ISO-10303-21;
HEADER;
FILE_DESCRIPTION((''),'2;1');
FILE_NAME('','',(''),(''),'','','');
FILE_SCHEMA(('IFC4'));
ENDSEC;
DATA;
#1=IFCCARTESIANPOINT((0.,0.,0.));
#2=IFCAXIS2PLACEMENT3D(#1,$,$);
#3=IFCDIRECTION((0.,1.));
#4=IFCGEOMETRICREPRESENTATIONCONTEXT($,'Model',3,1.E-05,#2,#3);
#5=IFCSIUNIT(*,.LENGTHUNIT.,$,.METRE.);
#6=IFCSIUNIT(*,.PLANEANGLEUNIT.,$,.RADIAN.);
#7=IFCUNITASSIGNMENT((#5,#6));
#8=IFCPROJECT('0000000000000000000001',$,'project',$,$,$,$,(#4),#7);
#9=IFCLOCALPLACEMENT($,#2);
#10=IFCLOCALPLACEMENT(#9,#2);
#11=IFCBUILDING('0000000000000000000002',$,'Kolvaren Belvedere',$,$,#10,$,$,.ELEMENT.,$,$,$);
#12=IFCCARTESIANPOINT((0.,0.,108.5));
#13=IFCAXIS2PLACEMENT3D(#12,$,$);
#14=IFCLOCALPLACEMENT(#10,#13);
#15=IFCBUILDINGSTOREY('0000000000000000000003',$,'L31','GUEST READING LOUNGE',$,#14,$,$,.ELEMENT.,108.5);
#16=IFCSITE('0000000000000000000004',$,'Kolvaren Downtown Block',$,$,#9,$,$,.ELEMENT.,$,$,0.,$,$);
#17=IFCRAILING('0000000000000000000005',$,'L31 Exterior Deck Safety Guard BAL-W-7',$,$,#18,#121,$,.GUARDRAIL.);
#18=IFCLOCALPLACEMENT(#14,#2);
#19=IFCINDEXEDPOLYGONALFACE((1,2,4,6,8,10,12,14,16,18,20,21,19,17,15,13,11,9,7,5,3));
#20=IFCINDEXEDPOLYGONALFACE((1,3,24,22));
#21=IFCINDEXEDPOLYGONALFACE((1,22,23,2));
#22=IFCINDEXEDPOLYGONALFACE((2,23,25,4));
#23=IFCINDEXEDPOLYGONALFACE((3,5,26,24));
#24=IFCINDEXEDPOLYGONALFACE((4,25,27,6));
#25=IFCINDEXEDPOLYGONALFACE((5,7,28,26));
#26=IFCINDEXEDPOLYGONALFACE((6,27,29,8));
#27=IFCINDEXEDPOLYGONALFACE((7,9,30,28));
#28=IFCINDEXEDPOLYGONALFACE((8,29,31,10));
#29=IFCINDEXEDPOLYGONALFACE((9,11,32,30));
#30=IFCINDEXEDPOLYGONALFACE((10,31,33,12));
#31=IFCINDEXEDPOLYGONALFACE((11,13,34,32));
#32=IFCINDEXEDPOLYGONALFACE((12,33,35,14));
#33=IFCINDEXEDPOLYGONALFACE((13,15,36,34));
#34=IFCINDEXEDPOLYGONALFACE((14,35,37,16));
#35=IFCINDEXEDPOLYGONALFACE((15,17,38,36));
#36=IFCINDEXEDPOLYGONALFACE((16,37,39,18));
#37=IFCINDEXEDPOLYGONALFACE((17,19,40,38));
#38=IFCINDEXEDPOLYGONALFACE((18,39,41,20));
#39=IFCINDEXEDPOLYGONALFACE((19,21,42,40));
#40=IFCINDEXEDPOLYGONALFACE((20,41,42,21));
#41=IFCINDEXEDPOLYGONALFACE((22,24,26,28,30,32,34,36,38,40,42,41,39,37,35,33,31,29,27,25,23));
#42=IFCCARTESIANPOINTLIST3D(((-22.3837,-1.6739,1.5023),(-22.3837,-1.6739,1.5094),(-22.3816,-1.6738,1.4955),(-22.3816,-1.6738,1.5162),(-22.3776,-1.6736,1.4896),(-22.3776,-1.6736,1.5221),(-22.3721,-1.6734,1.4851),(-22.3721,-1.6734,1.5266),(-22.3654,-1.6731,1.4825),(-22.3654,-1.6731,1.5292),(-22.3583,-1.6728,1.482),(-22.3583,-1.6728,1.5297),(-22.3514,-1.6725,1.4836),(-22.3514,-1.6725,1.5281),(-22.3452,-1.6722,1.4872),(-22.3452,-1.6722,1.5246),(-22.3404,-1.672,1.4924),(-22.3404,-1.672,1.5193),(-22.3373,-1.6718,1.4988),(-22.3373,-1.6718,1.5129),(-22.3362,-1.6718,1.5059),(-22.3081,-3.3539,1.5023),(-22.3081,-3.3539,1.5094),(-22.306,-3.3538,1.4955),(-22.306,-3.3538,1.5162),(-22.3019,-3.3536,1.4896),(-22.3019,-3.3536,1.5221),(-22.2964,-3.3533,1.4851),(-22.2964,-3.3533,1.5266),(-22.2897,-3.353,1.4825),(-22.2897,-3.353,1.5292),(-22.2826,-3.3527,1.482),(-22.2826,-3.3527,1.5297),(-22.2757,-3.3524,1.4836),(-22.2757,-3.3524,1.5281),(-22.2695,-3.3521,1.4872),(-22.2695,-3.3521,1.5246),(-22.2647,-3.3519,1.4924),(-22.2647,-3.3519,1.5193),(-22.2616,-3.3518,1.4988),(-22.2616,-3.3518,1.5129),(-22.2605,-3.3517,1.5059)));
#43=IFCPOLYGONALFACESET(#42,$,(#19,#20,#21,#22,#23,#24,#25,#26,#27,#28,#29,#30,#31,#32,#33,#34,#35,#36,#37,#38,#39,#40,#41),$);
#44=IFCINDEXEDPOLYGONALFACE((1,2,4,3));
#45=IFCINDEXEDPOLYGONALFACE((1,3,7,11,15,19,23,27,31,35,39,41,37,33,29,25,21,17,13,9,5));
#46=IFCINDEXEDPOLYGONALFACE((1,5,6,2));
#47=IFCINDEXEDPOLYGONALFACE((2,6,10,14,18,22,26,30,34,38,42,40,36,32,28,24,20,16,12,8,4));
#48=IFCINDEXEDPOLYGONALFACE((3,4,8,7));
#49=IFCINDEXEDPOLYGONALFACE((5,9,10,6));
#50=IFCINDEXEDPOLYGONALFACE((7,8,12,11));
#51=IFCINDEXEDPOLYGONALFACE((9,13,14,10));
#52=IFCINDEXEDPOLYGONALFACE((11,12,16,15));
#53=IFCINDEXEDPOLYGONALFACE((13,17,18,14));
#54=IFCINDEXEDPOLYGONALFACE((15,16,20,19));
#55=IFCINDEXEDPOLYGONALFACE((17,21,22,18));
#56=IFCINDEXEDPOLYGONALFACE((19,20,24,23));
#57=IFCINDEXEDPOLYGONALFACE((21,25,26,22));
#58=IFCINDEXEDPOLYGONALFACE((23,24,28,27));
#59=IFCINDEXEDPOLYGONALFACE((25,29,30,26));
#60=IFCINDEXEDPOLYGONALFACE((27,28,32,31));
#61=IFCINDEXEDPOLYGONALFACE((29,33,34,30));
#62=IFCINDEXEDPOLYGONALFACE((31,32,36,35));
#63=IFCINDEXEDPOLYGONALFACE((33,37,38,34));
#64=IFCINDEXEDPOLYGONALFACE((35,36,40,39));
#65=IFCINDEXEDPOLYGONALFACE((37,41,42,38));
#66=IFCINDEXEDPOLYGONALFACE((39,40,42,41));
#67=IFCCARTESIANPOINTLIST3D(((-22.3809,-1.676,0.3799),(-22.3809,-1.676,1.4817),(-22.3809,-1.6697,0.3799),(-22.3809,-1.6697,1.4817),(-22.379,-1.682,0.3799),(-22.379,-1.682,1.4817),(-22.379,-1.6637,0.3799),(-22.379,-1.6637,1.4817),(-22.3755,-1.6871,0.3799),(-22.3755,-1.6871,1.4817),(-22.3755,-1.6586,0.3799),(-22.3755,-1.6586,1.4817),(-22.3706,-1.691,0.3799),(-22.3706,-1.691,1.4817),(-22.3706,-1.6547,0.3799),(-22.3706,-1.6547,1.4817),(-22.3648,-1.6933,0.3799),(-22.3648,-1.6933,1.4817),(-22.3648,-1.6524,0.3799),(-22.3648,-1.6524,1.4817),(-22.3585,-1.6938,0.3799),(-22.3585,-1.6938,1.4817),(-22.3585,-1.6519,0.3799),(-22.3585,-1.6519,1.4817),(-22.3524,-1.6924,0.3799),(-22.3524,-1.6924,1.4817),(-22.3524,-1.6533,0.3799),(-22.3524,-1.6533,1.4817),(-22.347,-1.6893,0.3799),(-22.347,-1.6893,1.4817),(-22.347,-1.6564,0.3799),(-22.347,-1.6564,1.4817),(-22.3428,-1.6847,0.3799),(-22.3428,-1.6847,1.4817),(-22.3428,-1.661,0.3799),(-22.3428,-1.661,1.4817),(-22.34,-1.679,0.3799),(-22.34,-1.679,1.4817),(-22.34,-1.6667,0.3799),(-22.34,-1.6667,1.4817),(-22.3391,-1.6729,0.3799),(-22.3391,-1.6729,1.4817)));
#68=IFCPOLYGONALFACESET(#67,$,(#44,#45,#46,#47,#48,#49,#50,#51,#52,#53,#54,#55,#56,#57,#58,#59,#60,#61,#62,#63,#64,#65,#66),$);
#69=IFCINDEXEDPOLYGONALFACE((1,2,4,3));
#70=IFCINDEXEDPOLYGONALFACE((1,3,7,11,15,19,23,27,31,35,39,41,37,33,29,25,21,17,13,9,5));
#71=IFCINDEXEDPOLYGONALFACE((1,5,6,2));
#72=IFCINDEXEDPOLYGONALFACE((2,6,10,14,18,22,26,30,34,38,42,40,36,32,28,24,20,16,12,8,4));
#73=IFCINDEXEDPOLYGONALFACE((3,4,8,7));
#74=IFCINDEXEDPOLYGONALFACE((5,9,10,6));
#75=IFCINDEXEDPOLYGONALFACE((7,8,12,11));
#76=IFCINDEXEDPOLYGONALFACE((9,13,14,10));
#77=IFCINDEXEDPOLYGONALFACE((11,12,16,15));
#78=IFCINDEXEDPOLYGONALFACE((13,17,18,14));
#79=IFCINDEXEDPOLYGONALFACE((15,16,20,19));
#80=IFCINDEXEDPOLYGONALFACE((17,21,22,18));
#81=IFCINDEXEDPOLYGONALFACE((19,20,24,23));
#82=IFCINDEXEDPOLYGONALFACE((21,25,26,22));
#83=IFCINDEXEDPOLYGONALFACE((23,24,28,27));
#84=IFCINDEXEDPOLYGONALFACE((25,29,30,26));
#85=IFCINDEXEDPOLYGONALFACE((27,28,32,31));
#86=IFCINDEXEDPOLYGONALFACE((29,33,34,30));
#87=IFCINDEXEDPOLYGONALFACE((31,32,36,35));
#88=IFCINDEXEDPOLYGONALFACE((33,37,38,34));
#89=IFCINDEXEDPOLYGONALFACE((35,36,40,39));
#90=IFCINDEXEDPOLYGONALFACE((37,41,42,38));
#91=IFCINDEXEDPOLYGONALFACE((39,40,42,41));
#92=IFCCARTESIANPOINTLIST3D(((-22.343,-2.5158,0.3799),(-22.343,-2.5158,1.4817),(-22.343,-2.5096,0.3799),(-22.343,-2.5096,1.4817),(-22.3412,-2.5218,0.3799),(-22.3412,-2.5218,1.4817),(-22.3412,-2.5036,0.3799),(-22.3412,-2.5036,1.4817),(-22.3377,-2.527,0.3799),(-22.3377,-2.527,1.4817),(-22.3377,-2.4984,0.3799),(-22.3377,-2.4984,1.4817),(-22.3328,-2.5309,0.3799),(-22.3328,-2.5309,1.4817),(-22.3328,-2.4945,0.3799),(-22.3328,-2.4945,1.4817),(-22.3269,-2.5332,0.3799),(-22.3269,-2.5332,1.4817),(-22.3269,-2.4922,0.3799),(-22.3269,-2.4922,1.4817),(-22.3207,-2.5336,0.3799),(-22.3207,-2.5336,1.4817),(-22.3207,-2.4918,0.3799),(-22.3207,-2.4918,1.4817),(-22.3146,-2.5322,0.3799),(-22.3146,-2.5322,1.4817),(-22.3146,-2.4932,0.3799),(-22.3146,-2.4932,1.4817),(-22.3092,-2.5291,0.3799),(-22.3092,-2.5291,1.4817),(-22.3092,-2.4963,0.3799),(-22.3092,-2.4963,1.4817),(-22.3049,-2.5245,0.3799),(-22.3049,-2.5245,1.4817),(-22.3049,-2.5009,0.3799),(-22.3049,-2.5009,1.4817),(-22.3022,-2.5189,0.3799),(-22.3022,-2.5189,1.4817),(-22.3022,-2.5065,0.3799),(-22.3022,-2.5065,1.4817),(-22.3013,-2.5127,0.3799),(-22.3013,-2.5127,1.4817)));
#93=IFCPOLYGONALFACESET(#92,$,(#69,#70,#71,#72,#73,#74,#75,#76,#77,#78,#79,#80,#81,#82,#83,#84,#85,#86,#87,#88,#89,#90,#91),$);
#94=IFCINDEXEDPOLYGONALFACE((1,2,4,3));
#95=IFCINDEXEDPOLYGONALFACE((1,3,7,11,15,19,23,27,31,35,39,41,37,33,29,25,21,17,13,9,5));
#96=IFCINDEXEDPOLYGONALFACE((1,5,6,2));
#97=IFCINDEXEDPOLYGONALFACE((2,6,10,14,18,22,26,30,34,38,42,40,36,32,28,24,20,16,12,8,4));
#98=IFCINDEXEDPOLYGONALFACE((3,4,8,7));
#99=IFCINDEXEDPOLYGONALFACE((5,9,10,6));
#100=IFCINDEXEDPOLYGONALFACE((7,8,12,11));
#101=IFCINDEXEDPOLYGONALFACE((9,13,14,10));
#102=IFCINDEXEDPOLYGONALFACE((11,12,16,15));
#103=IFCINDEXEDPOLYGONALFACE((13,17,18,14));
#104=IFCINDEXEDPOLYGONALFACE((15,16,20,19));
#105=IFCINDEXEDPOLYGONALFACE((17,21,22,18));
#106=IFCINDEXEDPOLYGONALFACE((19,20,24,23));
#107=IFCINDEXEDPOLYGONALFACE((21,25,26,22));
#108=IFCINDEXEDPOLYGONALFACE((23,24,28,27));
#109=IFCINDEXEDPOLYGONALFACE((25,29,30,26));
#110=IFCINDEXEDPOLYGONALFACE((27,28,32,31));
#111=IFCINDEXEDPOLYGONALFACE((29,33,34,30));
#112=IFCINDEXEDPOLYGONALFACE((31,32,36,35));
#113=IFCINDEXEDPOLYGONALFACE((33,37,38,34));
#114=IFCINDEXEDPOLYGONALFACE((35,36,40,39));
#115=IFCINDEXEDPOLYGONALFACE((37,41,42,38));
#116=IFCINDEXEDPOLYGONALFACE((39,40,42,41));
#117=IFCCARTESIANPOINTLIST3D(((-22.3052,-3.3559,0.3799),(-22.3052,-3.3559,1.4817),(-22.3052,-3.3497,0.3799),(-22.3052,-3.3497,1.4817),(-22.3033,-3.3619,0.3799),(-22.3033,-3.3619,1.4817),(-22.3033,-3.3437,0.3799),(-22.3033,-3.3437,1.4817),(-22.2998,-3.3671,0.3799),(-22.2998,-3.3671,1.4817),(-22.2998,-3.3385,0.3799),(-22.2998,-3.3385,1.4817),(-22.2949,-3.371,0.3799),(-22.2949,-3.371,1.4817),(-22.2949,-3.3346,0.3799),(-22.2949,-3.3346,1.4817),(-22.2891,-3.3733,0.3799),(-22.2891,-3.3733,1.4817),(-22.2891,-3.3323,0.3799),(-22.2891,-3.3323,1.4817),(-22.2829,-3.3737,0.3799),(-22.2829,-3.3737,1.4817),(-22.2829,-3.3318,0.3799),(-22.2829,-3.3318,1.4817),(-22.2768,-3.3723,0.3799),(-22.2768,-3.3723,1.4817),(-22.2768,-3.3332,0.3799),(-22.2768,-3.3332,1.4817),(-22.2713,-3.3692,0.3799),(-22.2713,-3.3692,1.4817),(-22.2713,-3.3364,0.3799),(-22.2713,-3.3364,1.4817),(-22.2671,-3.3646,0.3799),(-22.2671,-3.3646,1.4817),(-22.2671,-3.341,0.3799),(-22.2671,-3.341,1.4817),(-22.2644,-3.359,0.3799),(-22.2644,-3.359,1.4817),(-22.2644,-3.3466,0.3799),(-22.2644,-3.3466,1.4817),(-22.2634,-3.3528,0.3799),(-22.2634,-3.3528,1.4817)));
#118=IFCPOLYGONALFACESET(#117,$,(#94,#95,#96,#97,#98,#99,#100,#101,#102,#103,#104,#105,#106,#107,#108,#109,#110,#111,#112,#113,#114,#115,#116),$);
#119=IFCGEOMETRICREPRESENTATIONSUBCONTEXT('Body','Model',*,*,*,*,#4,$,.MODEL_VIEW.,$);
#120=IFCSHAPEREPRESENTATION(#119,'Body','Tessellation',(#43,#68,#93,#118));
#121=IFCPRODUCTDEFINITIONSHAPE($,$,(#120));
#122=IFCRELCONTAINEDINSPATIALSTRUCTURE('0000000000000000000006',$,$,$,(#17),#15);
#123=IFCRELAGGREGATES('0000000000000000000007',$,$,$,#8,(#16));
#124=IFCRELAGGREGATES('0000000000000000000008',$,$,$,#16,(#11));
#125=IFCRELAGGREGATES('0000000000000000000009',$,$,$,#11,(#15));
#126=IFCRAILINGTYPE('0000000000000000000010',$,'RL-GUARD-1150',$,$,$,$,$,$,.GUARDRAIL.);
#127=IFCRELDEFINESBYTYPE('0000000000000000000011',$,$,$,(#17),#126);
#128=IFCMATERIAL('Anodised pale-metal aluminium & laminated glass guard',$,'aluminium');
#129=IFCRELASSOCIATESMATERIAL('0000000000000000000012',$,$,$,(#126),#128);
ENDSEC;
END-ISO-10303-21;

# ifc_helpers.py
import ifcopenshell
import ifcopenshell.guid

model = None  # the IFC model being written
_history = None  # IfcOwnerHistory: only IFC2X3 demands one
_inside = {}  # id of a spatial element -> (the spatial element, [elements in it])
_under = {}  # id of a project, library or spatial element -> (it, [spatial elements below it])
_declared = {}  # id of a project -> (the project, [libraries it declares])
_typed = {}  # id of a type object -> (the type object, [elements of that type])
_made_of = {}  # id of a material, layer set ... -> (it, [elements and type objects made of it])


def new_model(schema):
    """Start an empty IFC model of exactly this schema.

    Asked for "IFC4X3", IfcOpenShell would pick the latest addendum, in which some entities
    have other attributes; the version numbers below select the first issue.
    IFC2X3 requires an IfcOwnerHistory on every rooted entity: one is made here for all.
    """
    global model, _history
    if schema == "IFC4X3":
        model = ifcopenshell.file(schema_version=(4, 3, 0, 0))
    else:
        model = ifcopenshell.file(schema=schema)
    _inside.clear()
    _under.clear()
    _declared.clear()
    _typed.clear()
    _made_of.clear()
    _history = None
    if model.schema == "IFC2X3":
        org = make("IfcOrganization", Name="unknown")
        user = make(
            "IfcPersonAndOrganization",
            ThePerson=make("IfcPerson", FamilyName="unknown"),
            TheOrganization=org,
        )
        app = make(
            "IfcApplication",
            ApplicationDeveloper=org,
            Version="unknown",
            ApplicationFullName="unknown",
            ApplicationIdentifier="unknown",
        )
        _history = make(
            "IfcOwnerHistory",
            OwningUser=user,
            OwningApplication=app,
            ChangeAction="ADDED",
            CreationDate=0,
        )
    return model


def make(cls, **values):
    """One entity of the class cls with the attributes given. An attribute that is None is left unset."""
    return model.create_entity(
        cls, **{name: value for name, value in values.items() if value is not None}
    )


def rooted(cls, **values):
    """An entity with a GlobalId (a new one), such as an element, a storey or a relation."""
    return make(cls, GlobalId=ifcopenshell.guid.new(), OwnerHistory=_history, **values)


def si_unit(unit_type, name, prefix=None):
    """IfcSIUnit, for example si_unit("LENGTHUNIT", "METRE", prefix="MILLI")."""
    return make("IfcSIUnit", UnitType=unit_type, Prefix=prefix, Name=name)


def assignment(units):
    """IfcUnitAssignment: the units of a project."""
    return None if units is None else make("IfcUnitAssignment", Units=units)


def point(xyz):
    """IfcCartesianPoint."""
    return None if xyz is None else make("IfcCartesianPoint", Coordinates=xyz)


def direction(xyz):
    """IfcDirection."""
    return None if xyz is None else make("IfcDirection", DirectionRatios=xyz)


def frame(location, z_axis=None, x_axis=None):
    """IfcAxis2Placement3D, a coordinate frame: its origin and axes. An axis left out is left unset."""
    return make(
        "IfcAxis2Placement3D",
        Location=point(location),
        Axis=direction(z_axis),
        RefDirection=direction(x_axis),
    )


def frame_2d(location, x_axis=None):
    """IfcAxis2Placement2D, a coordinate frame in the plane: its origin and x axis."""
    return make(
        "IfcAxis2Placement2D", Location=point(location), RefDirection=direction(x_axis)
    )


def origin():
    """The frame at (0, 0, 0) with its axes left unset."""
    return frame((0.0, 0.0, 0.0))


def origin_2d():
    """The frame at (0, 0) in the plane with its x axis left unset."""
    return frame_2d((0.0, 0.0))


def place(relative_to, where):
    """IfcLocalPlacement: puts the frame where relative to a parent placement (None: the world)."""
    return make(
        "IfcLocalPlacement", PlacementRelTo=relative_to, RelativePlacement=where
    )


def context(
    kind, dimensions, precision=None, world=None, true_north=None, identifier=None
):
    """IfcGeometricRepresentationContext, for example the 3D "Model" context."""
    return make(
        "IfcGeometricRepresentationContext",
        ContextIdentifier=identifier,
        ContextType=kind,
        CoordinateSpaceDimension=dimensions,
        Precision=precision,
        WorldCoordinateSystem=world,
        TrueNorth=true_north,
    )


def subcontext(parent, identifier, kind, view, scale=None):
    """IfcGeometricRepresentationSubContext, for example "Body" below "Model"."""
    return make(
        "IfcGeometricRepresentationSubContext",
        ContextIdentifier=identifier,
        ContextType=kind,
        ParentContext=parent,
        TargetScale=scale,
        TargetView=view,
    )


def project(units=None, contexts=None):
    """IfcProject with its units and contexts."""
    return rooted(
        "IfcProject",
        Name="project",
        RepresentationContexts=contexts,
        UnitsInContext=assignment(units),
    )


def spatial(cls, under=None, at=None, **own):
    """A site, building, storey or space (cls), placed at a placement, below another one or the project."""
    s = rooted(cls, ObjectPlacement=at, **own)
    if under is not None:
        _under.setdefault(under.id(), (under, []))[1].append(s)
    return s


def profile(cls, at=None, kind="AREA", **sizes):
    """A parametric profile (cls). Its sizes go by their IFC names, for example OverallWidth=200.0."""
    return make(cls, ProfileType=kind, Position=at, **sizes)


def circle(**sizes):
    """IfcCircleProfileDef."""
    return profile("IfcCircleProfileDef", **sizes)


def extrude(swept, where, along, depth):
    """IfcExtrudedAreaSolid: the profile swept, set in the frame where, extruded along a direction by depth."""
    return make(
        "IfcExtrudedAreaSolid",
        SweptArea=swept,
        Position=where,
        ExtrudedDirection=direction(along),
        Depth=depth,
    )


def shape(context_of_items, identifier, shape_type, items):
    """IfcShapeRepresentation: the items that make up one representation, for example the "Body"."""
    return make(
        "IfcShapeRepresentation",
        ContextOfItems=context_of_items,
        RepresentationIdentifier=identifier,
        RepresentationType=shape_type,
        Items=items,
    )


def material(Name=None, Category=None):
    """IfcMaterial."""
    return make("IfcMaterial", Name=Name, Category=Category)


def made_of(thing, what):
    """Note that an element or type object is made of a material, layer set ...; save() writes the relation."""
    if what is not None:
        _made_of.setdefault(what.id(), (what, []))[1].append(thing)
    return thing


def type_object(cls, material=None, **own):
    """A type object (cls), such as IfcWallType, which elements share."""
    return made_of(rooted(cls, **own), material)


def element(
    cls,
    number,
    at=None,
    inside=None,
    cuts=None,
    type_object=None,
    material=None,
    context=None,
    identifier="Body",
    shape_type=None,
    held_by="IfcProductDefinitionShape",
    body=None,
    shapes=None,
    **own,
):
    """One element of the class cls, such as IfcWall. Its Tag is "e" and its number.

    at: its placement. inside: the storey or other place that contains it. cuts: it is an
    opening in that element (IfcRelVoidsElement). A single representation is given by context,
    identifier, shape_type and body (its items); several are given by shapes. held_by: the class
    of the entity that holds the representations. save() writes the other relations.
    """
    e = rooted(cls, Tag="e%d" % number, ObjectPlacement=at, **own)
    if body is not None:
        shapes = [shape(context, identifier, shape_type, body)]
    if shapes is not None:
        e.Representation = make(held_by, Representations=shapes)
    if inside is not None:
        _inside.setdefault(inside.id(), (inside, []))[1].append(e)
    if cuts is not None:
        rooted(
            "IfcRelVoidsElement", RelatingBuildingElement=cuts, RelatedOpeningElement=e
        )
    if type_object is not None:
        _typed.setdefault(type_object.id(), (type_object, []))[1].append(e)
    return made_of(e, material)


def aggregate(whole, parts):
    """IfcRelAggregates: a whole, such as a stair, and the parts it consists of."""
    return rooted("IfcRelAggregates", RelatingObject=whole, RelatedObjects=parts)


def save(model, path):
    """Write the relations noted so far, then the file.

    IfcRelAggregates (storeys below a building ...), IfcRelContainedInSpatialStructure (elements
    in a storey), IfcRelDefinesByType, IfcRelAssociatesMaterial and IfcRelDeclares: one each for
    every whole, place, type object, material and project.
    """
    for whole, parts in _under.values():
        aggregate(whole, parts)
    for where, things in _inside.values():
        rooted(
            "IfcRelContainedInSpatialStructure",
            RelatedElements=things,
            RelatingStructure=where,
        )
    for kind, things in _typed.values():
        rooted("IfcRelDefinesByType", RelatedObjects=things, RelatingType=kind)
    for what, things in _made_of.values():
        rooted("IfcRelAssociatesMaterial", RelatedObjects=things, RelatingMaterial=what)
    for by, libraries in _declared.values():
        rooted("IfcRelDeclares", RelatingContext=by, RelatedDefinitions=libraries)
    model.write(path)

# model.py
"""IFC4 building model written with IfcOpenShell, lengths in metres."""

from ifc_helpers import new_model, si_unit, direction, frame, origin, origin_2d, place, context, subcontext, project, spatial, circle, extrude, material, type_object, element, save


model = new_model("IFC4")

# Units and contexts
model_context = context("Model", 3, precision=1e-05, world=origin(), true_north=direction((0.0, 1.0)))
body_context = subcontext(model_context, "Body", "Model", "MODEL_VIEW")
ifc_project = project(units=[si_unit("LENGTHUNIT", "METRE"), si_unit("PLANEANGLEUNIT", "RADIAN")], contexts=[model_context])

# Site, building, storey
site_placement = place(None, origin())
site = spatial("IfcSite", under=ifc_project, at=site_placement, Name="Kolvaren Downtown Block", CompositionType="ELEMENT", RefElevation=0.0)
building_placement = place(site_placement, origin())
building = spatial("IfcBuilding", under=site, at=building_placement, Name="Kolvaren Belvedere", CompositionType="ELEMENT")
storey_placement = place(building_placement, frame((0.0, 0.0, 108.5)))
storey = spatial("IfcBuildingStorey", under=building, at=storey_placement, Name="L31", Description="GUEST READING LOUNGE", CompositionType="ELEMENT", Elevation=108.5)

# Railing
ifc_material_1 = material(Name="Anodised pale-metal aluminium & laminated glass guard", Category="aluminium")
railing_type = type_object("IfcRailingType", Name="RL-GUARD-1150", PredefinedType="GUARDRAIL", material=ifc_material_1)
railing_1_placement = place(storey_placement, frame((-22.3601, -1.6729, 0.3799)))
element("IfcRailing", 1, at=railing_1_placement, inside=storey, type_object=railing_type, Name="L31 Exterior Deck Safety Guard BAL-W-7", PredefinedType="GUARDRAIL", context=body_context, shape_type="SweptSolid", body=[
    extrude(circle(Radius=0.0239, at=origin_2d()), frame((0.0, 0.0, 1.126), z_axis=(0.045006, -0.998987, 0.0), x_axis=(0.998987, 0.045006, 0.0)), (0.0, 0.0, 1.0), 1.6816),
    extrude(circle(Radius=0.021, at=origin_2d()), origin(), (0.0, 0.0, 1.0), 1.1018),
    extrude(circle(Radius=0.021, at=origin_2d()), frame((0.0378, -0.8398, 0.0)), (0.0, 0.0, 1.0), 1.1018),
    extrude(circle(Radius=0.021, at=origin_2d()), frame((0.0757, -1.6799, 0.0)), (0.0, 0.0, 1.0), 1.1018),
])

save(model, "model.ifc")
